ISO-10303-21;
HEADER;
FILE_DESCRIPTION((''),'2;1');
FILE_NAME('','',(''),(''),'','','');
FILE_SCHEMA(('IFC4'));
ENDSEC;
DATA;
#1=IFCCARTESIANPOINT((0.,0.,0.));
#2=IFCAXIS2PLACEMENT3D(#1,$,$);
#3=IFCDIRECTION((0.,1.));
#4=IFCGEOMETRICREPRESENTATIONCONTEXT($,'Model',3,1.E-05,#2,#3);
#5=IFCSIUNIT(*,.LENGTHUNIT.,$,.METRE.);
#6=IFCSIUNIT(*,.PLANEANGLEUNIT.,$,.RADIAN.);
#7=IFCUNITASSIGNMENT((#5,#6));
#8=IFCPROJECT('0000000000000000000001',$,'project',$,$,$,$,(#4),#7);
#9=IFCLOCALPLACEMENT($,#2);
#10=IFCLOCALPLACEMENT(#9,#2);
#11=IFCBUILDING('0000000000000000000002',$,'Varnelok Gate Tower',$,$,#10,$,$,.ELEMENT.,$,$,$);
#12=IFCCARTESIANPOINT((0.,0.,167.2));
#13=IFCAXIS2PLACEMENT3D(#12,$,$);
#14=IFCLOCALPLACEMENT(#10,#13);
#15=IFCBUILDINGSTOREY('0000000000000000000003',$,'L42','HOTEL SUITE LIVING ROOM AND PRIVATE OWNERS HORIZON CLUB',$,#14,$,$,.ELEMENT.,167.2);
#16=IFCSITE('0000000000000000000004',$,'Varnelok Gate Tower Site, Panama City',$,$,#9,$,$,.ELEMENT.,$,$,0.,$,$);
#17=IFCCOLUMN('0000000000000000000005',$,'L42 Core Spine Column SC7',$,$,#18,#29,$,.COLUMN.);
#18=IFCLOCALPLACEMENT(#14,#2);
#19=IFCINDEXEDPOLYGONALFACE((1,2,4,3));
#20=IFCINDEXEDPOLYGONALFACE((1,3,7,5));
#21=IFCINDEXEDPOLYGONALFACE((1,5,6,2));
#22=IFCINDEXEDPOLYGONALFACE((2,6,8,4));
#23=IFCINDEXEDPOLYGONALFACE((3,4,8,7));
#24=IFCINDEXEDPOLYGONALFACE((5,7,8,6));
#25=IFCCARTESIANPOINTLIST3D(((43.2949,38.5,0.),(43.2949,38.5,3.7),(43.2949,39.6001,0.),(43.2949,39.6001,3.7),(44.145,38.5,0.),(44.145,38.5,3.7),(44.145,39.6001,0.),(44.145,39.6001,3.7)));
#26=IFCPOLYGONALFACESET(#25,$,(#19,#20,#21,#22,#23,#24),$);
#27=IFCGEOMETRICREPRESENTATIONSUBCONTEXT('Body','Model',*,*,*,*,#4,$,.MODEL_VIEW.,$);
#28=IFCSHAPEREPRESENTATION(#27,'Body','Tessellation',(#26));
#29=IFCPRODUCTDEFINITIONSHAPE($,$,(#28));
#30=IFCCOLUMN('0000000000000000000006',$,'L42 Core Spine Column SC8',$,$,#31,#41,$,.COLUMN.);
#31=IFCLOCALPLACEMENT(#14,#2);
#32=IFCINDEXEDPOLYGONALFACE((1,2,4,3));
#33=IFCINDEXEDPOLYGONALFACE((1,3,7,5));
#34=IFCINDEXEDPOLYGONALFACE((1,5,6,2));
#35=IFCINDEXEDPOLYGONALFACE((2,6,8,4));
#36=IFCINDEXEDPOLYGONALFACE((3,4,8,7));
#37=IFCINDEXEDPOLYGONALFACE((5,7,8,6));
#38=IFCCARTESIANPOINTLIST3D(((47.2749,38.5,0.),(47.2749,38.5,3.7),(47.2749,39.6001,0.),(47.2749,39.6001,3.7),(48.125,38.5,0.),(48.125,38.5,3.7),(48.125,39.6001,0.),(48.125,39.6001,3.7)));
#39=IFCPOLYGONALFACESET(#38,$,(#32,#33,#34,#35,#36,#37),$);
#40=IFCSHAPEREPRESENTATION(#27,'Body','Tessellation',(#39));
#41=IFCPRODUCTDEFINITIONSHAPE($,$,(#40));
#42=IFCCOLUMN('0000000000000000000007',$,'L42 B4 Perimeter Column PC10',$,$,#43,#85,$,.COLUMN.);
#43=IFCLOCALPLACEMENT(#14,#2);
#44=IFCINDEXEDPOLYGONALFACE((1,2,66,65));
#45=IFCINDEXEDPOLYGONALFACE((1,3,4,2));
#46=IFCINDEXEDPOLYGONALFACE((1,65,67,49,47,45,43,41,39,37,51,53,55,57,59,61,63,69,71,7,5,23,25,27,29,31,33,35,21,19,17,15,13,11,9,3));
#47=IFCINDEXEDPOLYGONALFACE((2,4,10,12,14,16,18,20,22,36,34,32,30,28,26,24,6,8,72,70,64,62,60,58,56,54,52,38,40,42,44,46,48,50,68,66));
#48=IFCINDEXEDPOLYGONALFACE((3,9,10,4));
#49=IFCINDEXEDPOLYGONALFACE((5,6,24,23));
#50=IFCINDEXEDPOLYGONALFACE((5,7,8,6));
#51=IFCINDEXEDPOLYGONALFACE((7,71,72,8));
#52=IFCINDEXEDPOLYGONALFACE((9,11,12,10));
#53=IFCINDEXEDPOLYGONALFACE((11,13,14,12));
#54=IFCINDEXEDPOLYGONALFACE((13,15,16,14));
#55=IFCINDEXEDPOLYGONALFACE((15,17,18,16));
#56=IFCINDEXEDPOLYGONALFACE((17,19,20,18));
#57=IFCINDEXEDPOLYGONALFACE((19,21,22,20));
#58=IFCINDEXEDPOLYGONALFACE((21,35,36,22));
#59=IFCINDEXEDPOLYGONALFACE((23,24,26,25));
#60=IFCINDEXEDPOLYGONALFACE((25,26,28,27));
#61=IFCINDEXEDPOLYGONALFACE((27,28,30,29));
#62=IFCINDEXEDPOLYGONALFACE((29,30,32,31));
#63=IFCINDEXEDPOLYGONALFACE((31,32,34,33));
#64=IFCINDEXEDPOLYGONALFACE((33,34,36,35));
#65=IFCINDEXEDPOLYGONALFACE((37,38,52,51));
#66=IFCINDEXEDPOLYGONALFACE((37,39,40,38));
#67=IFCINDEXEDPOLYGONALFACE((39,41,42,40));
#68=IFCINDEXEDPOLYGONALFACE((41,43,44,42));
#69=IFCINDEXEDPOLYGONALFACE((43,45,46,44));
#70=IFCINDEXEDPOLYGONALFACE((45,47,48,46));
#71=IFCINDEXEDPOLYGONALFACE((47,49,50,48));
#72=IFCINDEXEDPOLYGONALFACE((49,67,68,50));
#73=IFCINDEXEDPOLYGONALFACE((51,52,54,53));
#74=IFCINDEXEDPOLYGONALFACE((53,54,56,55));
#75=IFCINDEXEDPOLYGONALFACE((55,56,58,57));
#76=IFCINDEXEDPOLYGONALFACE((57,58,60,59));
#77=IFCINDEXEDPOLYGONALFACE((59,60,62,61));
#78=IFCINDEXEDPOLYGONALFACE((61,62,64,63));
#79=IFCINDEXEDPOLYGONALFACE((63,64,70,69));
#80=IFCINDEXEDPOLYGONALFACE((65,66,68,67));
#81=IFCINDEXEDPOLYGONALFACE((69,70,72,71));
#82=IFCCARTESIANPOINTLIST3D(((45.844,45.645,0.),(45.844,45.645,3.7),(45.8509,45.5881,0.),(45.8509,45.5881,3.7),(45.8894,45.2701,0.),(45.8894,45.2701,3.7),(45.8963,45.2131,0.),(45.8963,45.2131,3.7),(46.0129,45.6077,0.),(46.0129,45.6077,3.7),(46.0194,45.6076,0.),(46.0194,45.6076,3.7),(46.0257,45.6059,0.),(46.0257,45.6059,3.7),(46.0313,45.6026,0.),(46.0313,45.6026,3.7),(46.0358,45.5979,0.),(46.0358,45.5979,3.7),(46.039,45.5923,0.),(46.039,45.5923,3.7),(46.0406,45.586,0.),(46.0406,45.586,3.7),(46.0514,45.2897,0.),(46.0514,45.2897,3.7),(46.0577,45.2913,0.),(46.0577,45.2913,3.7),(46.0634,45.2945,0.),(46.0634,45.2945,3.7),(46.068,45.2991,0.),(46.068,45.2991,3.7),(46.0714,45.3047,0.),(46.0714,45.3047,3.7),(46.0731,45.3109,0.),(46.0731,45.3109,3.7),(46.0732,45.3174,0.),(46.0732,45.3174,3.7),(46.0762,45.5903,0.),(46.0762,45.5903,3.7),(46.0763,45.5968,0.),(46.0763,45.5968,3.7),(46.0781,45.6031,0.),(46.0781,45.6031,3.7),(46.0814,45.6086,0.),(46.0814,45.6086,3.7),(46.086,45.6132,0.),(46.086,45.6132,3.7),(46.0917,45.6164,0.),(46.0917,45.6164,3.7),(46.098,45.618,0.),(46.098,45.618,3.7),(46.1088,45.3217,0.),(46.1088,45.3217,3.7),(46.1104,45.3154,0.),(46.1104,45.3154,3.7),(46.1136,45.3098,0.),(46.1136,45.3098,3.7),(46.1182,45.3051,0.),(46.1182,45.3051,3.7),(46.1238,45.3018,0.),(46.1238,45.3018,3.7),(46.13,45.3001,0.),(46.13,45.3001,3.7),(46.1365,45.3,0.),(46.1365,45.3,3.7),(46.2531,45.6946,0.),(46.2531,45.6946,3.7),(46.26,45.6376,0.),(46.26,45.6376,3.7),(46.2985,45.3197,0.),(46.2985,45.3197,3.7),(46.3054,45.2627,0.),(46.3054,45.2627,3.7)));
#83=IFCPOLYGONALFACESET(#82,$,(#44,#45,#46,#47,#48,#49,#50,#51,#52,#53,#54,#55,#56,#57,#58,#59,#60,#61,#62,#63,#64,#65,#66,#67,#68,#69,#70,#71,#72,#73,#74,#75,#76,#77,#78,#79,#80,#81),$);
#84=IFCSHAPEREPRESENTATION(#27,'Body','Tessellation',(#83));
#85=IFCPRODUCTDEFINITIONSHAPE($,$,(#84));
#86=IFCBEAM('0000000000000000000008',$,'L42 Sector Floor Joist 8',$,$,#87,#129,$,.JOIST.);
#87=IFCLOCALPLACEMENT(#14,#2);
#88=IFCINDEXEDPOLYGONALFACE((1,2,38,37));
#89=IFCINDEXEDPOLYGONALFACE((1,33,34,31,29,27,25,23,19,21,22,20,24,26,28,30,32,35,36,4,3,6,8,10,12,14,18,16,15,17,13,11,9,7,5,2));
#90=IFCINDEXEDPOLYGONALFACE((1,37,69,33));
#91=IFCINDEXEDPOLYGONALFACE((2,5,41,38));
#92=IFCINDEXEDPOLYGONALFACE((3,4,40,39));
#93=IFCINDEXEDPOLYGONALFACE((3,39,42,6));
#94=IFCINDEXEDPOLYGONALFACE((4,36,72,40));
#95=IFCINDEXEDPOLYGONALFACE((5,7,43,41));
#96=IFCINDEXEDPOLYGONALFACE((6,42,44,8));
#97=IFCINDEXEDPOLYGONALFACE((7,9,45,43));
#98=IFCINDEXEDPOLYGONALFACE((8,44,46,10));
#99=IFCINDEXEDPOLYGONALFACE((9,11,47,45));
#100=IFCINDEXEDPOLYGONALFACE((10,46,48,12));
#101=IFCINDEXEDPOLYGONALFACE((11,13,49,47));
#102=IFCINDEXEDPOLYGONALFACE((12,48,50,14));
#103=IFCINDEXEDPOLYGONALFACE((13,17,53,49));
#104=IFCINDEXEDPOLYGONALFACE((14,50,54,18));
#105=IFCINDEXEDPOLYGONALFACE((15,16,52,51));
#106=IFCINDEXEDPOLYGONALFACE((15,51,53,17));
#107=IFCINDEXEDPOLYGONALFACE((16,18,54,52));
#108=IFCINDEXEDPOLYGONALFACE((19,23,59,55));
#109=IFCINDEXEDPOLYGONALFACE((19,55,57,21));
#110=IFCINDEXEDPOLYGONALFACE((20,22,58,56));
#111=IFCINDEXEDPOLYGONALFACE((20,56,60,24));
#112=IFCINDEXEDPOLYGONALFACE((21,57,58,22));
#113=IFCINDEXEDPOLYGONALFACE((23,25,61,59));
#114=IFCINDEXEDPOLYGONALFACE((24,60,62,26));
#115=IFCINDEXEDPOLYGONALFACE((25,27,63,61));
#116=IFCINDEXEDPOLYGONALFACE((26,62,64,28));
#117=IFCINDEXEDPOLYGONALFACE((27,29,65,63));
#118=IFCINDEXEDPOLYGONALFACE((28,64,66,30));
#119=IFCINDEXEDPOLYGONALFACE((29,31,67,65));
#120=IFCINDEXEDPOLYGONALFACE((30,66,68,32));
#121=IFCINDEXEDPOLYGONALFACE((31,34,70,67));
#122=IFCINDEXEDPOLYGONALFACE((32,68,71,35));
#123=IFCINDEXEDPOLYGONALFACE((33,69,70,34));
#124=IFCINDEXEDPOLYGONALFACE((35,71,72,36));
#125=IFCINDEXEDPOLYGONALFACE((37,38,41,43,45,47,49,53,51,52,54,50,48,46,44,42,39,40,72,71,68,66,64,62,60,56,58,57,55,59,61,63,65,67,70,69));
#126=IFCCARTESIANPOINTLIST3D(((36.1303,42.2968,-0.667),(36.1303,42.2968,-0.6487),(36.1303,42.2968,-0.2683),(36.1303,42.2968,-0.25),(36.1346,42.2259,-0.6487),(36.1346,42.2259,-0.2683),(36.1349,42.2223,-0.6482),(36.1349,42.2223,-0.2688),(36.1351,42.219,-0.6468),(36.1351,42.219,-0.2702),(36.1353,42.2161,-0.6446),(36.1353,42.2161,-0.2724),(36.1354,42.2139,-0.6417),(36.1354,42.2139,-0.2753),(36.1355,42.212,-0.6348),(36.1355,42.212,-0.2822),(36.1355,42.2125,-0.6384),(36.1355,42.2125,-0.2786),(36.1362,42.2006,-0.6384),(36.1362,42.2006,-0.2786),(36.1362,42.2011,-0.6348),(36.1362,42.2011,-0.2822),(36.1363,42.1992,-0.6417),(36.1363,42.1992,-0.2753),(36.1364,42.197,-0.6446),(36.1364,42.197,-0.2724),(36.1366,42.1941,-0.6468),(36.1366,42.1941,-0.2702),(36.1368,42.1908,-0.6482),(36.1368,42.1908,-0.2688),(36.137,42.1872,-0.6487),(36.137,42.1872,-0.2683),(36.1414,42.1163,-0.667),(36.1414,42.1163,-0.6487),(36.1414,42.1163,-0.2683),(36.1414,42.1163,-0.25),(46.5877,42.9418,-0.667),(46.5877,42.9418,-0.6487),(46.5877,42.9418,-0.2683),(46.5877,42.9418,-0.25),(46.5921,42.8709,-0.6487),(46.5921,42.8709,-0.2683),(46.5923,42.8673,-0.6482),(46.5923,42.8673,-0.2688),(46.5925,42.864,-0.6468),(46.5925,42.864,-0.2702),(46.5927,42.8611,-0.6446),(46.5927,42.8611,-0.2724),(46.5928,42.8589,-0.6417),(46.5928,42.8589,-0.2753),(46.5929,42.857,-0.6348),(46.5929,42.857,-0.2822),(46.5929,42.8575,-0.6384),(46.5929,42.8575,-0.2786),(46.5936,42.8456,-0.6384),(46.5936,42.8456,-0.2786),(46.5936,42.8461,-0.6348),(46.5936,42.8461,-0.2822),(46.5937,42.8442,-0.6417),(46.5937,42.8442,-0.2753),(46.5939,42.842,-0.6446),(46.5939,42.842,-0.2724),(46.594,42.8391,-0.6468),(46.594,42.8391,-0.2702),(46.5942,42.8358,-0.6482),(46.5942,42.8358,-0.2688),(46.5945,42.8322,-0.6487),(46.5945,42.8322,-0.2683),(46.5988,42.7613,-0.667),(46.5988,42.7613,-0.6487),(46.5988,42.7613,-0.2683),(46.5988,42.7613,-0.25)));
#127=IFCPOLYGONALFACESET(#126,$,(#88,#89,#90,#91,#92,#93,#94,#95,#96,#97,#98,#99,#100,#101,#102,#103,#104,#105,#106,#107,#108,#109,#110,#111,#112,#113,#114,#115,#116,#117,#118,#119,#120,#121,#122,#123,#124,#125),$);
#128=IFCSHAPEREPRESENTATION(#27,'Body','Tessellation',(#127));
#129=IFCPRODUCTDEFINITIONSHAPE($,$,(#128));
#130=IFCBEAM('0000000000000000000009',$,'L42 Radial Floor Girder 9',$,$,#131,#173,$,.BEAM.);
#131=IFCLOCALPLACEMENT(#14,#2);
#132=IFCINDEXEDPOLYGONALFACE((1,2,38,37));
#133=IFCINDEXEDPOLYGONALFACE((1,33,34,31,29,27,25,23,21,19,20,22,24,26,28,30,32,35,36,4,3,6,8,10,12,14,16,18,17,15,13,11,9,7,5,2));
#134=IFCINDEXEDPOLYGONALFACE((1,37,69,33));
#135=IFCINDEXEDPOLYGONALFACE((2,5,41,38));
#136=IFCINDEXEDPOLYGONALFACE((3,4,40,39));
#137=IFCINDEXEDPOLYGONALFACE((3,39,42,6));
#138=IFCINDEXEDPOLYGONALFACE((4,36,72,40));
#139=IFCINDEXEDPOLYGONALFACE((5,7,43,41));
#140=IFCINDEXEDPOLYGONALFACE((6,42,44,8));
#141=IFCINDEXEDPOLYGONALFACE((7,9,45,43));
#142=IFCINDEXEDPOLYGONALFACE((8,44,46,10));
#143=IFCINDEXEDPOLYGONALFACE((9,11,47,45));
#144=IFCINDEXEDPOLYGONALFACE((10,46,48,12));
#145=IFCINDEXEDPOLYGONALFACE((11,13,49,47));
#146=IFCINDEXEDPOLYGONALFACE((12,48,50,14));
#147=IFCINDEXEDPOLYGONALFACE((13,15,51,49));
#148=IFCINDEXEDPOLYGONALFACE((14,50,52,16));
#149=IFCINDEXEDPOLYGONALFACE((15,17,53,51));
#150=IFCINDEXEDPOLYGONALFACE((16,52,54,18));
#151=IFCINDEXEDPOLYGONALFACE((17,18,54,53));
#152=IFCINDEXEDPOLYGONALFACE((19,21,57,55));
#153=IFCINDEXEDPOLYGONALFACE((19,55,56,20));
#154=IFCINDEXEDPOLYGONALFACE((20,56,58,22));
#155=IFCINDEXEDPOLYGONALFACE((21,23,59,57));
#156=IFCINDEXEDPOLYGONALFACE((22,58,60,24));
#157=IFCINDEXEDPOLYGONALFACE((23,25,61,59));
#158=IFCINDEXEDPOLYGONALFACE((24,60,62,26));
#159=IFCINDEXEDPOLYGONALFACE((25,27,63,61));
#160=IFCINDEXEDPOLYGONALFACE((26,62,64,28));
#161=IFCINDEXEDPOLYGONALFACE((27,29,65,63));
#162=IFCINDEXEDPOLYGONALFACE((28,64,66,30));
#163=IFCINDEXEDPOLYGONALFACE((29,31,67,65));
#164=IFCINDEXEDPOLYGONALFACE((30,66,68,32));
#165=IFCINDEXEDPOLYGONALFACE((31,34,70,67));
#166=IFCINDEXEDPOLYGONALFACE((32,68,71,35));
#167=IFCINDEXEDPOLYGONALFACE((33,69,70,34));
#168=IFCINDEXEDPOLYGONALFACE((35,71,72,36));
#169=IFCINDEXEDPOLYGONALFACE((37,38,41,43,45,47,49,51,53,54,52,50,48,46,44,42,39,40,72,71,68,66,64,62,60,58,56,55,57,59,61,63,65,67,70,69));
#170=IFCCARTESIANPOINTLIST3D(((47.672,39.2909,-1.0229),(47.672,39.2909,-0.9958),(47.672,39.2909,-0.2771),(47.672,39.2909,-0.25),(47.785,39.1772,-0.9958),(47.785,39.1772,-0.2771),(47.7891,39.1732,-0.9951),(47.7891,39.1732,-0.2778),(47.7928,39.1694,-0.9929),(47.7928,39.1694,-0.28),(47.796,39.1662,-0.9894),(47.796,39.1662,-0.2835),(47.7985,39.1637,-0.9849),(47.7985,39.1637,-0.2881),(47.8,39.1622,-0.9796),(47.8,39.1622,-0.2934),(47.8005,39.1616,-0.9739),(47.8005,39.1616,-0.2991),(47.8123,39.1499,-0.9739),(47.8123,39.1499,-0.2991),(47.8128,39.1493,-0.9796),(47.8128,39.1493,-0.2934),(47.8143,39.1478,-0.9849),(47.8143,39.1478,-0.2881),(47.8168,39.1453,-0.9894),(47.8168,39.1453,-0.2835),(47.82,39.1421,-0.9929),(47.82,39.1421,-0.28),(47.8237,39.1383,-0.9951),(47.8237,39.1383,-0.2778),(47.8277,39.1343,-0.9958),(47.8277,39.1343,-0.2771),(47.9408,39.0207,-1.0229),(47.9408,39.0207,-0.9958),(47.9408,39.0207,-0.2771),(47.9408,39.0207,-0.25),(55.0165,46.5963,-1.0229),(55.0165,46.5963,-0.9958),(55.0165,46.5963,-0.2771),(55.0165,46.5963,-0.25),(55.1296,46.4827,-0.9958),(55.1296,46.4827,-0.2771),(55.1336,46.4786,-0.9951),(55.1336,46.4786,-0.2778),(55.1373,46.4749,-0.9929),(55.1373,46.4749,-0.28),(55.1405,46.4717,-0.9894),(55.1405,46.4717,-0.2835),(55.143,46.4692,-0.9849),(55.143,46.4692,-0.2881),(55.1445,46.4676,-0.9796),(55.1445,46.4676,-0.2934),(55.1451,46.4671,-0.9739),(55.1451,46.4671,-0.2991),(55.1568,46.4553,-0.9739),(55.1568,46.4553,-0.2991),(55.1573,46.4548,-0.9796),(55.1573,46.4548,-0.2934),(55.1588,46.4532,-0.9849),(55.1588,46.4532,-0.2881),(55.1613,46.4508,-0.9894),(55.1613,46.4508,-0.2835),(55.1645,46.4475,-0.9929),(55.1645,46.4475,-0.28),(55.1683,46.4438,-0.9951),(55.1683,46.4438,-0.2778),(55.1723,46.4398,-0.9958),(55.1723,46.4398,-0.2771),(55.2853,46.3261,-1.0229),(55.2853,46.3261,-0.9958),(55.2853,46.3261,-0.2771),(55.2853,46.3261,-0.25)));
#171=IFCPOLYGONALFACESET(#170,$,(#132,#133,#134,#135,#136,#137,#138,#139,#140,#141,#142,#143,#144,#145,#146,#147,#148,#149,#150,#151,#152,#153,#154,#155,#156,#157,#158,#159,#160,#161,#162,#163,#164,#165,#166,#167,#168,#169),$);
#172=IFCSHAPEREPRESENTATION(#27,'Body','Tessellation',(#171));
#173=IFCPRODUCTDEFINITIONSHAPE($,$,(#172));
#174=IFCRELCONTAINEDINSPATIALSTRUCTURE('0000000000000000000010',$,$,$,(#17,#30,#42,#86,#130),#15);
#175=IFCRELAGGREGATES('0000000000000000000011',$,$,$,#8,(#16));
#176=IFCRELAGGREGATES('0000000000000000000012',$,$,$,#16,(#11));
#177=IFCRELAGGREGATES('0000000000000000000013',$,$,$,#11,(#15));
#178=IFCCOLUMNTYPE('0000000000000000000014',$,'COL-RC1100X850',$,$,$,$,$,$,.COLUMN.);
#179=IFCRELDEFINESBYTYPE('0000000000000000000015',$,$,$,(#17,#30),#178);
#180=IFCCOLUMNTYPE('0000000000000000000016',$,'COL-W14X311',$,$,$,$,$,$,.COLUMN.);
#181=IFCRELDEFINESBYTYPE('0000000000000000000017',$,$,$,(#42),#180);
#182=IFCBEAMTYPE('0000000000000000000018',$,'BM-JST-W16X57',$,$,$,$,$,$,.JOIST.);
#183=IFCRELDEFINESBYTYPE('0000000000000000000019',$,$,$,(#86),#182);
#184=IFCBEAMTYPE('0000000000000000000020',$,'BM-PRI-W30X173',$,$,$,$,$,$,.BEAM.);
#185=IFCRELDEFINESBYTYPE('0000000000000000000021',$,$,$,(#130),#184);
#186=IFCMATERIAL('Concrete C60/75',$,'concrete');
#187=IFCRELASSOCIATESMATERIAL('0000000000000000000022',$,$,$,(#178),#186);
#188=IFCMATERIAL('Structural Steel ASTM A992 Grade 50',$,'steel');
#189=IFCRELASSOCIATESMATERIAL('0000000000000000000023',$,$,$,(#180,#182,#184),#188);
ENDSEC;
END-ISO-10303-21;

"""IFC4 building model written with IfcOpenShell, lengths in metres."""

from ifc_helpers import new_model, si_unit, direction, frame, origin, origin_2d, place, context, subcontext, project, spatial, rectangle, i_section, extrude, material, material_profile, profile_set, type_object, element, save


model = new_model("IFC4")

# Units and contexts
model_context = context("Model", 3, precision=1e-05, world=origin(), true_north=direction((0.0, 1.0)))
body_context = subcontext(model_context, "Body", "Model", "MODEL_VIEW")
ifc_project = project(units=[si_unit("LENGTHUNIT", "METRE"), si_unit("PLANEANGLEUNIT", "RADIAN")], contexts=[model_context])

# Site, building, storey
site_placement = place(None, origin())
site = spatial("IfcSite", under=ifc_project, at=site_placement, Name="Varnelok Gate Tower Site, Panama City", CompositionType="ELEMENT", RefElevation=0.0)
building_placement = place(site_placement, origin())
building = spatial("IfcBuilding", under=site, at=building_placement, Name="Varnelok Gate Tower", CompositionType="ELEMENT")
storey_placement = place(building_placement, frame((0.0, 0.0, 167.2)))
storey = spatial("IfcBuildingStorey", under=building, at=storey_placement, Name="L42", Description="HOTEL SUITE LIVING ROOM AND PRIVATE OWNERS HORIZON CLUB", CompositionType="ELEMENT", Elevation=167.2)

# Columns
ifc_material_1 = material(Name="Concrete C60/75", Category="concrete")
ifc_material_profile_1 = material_profile(ifc_material_1, rectangle(XDim=0.8501, YDim=1.1001, at=origin_2d()), Name="RC1100X850")
ifc_profile_set_1 = profile_set([ifc_material_profile_1], Name="Concrete C60/75")
column_type_1 = type_object("IfcColumnType", Name="COL-RC1100X850", PredefinedType="COLUMN", material=ifc_profile_set_1)
for number, where, z_axis, x_axis, name in (
    (1, (43.72, 39.05, 0.0), (0.0, 0.0, 1.0), (1.0, 0.0, 0.0), "L42 Core Spine Column SC7"),
    (2, (47.7, 39.05, 0.0), (0.0, 0.0, 1.0), (1.0, 0.0, 0.0), "L42 Core Spine Column SC8"),
):
    element("IfcColumn", number, at=place(storey_placement, frame(where, z_axis=z_axis, x_axis=x_axis)), inside=storey, type_object=column_type_1, Name=name, PredefinedType="COLUMN", context=body_context, shape_type="SweptSolid", body=[
        extrude(rectangle(XDim=0.8501, YDim=1.1001, at=origin_2d()), origin(), (0.0, 0.0, 1.0), 3.7),
    ])
ifc_material_2 = material(Name="Structural Steel ASTM A992 Grade 50", Category="steel")
ifc_material_profile_2 = material_profile(ifc_material_2, i_section(OverallWidth=0.4121, OverallDepth=0.4351, WebThickness=0.0359, FlangeThickness=0.0574, FilletRadius=0.0249, at=origin_2d()), Name="W14X311")
ifc_profile_set_2 = profile_set([ifc_material_profile_2], Name="Structural Steel ASTM A992 Grade 50")
column_type_2 = type_object("IfcColumnType", Name="COL-W14X311", PredefinedType="COLUMN", material=ifc_profile_set_2)
column_placement = place(storey_placement, frame((46.0747, 45.4539, 0.0), z_axis=(0.0, 0.0, 1.0), x_axis=(0.992732, 0.120345, 0.0)))
element("IfcColumn", 3, at=column_placement, inside=storey, type_object=column_type_2, Name="L42 B4 Perimeter Column PC10", PredefinedType="COLUMN", context=body_context, shape_type="SweptSolid", body=[
    extrude(i_section(OverallWidth=0.4121, OverallDepth=0.4351, WebThickness=0.0359, FlangeThickness=0.0574, FilletRadius=0.0249, at=origin_2d()), origin(), (0.0, 0.0, 1.0), 3.7),
])

# Beams
ifc_material_profile_3 = material_profile(ifc_material_2, i_section(OverallWidth=0.1809, OverallDepth=0.417, WebThickness=0.011, FlangeThickness=0.0183, FilletRadius=0.0139, at=origin_2d()), Name="W16X57")
ifc_profile_set_3 = profile_set([ifc_material_profile_3], Name="Structural Steel ASTM A992 Grade 50")
beam_type_1 = type_object("IfcBeamType", Name="BM-JST-W16X57", PredefinedType="JOIST", material=ifc_profile_set_3)
beam_1_placement = place(storey_placement, frame((46.5933, 42.8516, -0.4585), z_axis=(-0.998103, -0.061563, 0.0), x_axis=(0.061563, -0.998103, 0.0)))
element("IfcBeam", 4, at=beam_1_placement, inside=storey, type_object=beam_type_1, Name="L42 Sector Floor Joist 8", PredefinedType="JOIST", context=body_context, shape_type="SweptSolid", body=[
    extrude(i_section(OverallWidth=0.1809, OverallDepth=0.417, WebThickness=0.011, FlangeThickness=0.0183, FilletRadius=0.0139, at=origin_2d()), origin(), (0.0, 0.0, 1.0), 10.4773),
])
ifc_material_profile_4 = material_profile(ifc_material_2, i_section(OverallWidth=0.3811, OverallDepth=0.7729, WebThickness=0.0166, FlangeThickness=0.0271, FilletRadius=0.022, at=origin_2d()), Name="W30X173")
ifc_profile_set_4 = profile_set([ifc_material_profile_4], Name="Structural Steel ASTM A992 Grade 50")
beam_type_2 = type_object("IfcBeamType", Name="BM-PRI-W30X173", PredefinedType="BEAM", material=ifc_profile_set_4)
beam_2_placement = place(storey_placement, frame((47.8064, 39.1558, -0.6365), z_axis=(0.70899, 0.705219, 0.0), x_axis=(-0.705219, 0.70899, 0.0)))
element("IfcBeam", 5, at=beam_2_placement, inside=storey, type_object=beam_type_2, Name="L42 Radial Floor Girder 9", PredefinedType="BEAM", context=body_context, shape_type="SweptSolid", body=[
    extrude(i_section(OverallWidth=0.3811, OverallDepth=0.7729, WebThickness=0.0166, FlangeThickness=0.0271, FilletRadius=0.022, at=origin_2d()), origin(), (0.0, 0.0, 1.0), 10.3591),
])

save(model, "model.ifc")
